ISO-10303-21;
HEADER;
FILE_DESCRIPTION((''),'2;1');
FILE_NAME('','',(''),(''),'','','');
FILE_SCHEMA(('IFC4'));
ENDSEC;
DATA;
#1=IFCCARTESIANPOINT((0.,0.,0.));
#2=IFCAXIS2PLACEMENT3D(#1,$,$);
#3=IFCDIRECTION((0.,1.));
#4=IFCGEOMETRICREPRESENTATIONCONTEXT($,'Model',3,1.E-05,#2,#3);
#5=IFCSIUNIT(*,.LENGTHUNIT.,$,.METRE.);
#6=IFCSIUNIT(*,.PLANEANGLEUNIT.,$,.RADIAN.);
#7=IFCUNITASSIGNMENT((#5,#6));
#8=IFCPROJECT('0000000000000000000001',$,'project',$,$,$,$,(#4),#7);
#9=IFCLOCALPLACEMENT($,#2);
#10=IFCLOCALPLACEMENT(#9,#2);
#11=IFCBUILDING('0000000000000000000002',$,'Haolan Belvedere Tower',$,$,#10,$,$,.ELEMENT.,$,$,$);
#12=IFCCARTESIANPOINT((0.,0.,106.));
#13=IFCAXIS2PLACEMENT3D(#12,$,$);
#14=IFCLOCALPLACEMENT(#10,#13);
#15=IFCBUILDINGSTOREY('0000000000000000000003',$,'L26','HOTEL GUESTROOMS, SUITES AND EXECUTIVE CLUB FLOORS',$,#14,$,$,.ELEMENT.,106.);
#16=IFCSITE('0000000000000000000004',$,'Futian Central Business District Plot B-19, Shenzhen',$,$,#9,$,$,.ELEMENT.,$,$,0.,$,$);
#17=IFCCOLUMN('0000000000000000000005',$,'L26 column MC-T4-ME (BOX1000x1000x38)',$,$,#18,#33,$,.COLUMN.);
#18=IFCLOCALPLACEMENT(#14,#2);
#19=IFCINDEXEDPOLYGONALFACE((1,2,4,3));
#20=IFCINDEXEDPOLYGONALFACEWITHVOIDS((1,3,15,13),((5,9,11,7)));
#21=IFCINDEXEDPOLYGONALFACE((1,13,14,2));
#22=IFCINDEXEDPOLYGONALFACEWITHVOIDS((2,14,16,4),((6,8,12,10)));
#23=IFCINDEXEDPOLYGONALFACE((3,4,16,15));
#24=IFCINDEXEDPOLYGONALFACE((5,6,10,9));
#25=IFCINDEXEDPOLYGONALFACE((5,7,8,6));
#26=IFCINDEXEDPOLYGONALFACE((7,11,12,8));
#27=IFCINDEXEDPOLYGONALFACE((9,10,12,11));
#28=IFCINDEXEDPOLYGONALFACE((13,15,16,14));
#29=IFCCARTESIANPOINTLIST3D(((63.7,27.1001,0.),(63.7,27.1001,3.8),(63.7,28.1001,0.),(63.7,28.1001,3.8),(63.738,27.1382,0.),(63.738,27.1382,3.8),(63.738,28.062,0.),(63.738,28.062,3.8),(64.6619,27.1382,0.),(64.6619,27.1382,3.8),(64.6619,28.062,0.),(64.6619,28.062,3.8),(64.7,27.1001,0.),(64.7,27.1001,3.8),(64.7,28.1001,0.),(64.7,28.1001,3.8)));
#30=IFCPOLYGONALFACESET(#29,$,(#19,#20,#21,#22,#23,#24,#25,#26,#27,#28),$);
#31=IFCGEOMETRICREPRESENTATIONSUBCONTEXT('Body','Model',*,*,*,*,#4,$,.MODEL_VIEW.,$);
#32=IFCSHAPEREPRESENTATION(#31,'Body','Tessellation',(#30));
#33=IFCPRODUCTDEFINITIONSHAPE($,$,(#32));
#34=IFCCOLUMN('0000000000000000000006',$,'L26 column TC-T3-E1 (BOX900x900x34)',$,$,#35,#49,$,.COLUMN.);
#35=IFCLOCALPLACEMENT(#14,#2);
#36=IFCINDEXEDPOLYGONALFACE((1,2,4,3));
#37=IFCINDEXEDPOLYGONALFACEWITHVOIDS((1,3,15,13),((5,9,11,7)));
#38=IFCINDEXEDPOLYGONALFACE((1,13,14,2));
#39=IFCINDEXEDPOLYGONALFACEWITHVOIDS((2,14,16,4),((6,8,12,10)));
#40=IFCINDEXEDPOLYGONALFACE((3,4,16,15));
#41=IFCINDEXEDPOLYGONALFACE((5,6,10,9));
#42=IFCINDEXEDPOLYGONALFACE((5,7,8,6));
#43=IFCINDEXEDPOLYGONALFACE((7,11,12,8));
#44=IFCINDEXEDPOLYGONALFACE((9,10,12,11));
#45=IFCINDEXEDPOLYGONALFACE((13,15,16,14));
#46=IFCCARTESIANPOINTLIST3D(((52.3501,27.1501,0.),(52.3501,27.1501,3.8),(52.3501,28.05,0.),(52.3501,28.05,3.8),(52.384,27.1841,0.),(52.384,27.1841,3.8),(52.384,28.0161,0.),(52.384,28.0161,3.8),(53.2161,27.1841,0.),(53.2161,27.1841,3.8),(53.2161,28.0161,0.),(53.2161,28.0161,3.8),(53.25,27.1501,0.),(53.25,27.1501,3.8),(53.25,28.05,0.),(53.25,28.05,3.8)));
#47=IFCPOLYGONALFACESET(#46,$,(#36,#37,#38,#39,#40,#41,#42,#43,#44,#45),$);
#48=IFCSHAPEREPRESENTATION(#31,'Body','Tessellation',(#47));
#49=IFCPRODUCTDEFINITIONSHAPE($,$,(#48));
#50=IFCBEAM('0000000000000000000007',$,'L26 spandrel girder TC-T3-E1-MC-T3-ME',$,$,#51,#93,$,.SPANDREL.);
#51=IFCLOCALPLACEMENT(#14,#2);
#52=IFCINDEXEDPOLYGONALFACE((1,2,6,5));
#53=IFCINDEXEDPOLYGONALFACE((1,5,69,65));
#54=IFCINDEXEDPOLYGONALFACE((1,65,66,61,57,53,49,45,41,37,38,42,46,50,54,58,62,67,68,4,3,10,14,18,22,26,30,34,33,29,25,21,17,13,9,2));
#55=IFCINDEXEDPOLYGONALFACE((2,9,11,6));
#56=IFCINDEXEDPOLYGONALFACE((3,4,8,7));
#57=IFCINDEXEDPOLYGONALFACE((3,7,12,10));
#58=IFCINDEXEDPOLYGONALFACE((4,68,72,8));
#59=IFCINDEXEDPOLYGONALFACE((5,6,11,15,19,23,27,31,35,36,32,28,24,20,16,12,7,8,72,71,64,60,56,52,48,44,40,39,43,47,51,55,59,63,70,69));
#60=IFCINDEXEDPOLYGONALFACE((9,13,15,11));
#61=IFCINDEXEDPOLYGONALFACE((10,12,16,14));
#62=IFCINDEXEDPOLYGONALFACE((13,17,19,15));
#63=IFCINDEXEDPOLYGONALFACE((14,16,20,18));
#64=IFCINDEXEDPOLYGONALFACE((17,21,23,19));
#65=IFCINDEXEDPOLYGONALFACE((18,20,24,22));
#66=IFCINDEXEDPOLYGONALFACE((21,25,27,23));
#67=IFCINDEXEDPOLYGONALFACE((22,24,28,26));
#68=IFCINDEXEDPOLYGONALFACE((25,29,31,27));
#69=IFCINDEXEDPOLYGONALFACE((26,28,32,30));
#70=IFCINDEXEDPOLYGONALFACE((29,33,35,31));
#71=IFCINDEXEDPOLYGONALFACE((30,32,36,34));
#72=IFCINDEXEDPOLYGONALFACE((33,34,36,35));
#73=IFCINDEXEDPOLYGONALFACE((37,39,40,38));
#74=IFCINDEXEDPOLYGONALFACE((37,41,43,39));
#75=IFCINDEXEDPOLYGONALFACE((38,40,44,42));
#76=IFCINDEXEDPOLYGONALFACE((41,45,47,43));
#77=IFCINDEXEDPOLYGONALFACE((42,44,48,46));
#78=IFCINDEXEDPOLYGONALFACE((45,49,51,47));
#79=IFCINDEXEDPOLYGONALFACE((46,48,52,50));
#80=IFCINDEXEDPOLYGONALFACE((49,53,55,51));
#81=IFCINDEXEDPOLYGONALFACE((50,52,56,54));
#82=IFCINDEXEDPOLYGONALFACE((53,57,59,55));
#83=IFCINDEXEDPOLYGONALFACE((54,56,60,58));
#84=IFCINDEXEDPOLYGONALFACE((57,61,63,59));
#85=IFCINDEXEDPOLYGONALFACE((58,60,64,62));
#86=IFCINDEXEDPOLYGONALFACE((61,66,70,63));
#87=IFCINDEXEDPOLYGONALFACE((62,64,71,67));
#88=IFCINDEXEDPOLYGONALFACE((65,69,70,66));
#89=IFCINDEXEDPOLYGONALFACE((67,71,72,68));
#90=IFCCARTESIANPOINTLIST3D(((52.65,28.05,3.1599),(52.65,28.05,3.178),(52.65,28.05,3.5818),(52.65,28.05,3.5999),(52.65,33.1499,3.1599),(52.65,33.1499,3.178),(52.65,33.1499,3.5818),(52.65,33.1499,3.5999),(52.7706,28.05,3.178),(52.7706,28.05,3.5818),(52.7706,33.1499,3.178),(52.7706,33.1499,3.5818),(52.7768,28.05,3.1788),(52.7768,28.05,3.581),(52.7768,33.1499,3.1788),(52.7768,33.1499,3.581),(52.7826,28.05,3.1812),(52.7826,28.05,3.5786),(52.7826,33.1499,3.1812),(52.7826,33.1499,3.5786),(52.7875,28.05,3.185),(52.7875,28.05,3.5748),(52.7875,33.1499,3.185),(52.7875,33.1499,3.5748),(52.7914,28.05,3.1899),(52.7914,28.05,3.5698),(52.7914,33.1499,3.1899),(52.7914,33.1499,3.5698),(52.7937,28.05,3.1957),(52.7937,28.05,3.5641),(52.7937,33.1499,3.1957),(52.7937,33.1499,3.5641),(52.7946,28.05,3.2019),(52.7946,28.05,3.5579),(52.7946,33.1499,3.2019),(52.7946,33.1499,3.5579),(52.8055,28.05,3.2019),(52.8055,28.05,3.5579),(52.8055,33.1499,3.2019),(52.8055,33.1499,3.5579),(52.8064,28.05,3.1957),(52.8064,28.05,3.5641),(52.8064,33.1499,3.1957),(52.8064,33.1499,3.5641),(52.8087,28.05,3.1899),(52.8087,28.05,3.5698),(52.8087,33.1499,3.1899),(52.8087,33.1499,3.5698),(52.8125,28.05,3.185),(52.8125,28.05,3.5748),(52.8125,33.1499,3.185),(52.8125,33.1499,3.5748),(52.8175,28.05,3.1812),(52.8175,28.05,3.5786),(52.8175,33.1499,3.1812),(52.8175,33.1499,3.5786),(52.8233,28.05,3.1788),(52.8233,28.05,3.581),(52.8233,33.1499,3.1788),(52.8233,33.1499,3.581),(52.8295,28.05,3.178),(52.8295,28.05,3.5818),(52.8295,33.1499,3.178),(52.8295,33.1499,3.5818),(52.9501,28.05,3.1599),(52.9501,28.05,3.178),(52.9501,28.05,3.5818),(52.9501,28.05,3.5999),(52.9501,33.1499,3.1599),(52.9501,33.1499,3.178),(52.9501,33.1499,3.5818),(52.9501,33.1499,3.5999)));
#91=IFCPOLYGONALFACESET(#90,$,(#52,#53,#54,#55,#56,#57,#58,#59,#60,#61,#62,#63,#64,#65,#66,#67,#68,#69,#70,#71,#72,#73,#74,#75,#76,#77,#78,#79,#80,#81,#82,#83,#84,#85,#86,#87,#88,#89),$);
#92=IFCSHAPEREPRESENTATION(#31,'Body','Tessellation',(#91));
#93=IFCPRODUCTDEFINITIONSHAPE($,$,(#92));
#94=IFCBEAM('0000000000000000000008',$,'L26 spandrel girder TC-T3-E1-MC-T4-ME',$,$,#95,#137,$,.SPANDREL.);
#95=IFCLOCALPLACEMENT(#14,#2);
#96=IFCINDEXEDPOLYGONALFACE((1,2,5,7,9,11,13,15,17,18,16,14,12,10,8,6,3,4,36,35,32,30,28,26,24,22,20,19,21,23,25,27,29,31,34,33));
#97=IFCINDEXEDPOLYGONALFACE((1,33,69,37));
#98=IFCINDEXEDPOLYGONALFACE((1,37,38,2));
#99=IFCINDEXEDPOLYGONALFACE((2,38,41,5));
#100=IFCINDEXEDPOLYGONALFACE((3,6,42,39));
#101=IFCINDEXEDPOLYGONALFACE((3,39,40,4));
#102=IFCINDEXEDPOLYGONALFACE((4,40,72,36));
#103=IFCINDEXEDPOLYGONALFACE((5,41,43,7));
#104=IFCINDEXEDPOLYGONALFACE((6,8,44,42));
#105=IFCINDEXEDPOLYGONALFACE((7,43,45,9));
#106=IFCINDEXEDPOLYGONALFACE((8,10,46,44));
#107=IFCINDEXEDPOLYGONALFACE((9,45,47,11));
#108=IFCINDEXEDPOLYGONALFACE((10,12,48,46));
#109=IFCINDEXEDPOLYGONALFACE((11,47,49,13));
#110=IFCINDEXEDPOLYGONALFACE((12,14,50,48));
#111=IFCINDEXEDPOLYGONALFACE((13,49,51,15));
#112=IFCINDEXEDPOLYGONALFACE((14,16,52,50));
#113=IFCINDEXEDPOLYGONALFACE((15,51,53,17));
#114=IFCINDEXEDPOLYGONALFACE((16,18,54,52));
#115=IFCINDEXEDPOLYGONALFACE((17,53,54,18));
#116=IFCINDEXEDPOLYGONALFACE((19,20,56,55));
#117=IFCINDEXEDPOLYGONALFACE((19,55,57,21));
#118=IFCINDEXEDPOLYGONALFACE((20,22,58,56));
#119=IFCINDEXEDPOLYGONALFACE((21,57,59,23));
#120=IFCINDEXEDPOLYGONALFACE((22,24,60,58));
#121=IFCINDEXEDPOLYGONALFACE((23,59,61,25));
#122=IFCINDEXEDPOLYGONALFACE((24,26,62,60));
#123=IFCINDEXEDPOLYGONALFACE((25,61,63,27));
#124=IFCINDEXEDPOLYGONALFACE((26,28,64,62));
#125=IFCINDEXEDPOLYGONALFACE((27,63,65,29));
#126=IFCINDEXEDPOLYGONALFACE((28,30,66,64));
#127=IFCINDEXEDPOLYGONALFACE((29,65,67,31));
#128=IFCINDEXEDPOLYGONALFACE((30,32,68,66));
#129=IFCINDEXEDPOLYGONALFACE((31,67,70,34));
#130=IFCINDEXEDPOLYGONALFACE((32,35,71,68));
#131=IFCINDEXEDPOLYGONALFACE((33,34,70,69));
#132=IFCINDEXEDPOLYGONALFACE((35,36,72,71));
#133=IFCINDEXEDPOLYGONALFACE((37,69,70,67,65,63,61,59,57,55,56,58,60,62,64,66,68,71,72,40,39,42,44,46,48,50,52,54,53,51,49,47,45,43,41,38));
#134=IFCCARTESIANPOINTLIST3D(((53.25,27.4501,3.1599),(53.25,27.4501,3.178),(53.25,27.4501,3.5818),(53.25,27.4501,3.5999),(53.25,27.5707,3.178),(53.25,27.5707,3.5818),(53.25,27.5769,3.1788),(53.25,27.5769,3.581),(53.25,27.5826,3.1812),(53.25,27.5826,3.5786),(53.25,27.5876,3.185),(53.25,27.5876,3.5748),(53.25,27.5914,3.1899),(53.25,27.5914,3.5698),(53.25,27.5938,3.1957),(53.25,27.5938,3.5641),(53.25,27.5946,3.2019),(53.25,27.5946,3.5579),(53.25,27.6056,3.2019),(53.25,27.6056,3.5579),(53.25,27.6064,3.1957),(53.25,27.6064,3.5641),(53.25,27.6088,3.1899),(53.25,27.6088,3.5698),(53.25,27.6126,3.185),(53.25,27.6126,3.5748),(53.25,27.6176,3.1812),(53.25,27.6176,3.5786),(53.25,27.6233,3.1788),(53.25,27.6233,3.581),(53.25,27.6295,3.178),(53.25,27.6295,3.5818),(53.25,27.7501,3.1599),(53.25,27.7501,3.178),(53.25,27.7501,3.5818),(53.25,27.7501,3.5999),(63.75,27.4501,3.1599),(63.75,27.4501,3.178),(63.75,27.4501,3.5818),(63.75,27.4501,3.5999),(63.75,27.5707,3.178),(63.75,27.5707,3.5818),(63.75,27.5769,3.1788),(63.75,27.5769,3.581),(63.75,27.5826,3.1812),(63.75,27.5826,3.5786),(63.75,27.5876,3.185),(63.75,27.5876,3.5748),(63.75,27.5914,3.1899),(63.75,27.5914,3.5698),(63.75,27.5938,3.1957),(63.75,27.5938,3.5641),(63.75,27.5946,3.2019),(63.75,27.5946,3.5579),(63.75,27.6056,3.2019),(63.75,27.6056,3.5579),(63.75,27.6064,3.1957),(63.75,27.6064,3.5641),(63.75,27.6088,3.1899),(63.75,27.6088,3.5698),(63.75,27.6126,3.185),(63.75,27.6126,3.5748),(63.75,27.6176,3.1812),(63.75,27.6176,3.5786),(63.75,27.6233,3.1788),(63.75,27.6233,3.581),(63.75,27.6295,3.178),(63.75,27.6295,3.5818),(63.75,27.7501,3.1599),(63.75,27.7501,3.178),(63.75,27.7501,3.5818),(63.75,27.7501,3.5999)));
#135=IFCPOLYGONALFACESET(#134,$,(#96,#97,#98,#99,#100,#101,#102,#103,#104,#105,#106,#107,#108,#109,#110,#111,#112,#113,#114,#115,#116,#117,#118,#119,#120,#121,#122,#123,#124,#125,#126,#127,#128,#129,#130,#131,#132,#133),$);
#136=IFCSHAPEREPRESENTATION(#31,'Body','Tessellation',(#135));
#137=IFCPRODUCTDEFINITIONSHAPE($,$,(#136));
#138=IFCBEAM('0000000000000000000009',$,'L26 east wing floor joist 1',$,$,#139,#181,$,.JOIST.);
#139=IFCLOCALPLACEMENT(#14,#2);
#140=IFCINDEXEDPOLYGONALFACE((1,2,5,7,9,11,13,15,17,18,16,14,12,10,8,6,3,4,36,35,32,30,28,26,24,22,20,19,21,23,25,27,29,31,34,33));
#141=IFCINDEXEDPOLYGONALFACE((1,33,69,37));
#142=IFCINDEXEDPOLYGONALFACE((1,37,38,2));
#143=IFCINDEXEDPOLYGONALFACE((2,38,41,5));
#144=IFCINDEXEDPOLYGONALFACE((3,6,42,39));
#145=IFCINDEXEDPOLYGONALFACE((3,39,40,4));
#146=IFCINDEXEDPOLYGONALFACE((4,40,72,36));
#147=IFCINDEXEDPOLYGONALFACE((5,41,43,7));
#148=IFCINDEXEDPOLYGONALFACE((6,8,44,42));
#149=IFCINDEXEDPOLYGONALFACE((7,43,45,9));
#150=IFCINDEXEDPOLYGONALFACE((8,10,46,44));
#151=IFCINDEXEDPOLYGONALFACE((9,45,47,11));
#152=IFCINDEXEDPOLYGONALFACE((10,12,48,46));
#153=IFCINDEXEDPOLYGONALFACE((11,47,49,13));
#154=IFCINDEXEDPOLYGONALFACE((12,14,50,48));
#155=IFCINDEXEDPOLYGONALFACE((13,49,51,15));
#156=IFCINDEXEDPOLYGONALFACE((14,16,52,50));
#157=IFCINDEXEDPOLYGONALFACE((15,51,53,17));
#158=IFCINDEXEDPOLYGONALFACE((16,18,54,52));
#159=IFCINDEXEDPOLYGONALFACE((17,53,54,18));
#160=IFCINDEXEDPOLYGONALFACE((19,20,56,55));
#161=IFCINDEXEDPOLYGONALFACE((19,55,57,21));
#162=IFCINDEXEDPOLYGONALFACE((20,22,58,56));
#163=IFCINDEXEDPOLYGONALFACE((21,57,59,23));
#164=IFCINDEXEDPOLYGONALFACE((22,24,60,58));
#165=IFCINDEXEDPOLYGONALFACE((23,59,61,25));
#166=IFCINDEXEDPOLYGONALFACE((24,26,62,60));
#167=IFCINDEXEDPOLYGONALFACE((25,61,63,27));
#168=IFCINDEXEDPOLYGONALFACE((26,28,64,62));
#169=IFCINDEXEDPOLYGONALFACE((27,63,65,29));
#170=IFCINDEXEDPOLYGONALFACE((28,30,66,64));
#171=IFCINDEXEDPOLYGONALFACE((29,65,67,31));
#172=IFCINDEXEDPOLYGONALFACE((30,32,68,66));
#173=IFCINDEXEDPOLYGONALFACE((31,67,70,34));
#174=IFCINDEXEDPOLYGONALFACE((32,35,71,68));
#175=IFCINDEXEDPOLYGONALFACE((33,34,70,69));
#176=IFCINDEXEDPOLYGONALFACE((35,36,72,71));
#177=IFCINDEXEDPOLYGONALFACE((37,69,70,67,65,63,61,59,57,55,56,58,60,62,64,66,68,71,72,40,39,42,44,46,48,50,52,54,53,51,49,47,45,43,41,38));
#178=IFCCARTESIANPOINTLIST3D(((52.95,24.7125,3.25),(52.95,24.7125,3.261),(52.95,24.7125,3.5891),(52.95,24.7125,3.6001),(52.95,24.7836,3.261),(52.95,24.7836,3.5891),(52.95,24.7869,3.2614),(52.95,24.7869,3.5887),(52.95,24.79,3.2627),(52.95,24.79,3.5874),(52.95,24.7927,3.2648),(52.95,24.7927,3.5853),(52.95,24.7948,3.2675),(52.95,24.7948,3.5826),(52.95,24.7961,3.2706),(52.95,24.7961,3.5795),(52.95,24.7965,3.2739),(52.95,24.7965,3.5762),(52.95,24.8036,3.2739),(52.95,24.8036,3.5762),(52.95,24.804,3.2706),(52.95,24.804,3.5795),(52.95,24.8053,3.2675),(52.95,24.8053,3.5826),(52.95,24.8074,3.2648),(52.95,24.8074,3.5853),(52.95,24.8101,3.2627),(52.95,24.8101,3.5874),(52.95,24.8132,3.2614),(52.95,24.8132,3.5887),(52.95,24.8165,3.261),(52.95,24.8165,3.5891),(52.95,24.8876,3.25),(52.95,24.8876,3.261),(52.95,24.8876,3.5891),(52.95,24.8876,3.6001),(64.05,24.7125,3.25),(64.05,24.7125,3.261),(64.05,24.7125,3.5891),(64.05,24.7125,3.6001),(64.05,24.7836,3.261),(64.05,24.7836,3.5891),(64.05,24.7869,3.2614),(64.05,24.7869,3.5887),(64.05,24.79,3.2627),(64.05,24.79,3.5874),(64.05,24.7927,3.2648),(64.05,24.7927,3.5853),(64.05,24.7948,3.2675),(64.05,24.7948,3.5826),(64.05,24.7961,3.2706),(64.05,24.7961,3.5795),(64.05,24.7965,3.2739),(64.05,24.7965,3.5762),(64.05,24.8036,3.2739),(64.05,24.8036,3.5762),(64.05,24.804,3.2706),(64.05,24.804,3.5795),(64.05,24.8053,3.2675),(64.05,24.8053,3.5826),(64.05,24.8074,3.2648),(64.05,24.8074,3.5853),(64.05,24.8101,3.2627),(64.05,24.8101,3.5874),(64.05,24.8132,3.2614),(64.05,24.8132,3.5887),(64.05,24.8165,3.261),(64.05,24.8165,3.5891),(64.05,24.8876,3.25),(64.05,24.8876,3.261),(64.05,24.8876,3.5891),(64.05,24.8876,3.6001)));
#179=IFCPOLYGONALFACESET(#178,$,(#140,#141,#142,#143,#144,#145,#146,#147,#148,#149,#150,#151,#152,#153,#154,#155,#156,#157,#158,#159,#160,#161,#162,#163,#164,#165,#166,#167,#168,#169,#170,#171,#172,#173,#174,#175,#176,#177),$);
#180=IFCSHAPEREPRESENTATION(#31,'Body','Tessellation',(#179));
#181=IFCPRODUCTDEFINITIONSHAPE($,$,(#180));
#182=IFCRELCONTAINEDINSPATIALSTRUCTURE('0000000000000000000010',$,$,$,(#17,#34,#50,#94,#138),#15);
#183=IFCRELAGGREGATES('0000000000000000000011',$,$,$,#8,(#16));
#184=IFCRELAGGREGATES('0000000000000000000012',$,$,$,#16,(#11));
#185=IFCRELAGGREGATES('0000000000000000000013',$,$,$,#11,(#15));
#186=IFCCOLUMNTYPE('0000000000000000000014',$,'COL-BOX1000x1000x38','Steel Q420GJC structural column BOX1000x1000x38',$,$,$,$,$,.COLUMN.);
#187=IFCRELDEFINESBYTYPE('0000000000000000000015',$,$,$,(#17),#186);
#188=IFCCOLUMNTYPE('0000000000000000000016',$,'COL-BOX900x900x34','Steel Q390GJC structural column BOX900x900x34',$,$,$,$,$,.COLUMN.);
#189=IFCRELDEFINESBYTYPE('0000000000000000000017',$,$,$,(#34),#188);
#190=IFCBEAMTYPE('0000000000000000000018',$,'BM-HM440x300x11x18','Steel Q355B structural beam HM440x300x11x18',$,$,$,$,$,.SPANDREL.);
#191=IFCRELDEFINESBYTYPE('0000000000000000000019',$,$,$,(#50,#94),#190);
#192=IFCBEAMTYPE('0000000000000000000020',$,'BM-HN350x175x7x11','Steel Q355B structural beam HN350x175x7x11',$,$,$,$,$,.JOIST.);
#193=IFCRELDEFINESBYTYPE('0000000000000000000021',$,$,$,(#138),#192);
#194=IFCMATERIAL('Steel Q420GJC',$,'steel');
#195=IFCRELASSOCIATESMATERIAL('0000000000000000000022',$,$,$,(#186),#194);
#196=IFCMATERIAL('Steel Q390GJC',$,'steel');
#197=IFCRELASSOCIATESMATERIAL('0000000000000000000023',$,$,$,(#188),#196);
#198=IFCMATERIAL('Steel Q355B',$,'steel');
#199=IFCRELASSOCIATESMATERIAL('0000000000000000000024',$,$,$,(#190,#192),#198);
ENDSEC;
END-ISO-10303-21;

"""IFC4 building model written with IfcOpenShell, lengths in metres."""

from ifc_helpers import new_model, si_unit, direction, frame, origin, origin_2d, place, context, subcontext, project, spatial, hollow_rectangle, i_section, extrude, material, material_profile, profile_set, type_object, element, save


model = new_model("IFC4")

# Units and contexts
model_context = context("Model", 3, precision=1e-05, world=origin(), true_north=direction((0.0, 1.0)))
body_context = subcontext(model_context, "Body", "Model", "MODEL_VIEW")
ifc_project = project(units=[si_unit("LENGTHUNIT", "METRE"), si_unit("PLANEANGLEUNIT", "RADIAN")], contexts=[model_context])

# Site, building, storey
site_placement = place(None, origin())
site = spatial("IfcSite", under=ifc_project, at=site_placement, Name="Futian Central Business District Plot B-19, Shenzhen", CompositionType="ELEMENT", RefElevation=0.0)
building_placement = place(site_placement, origin())
building = spatial("IfcBuilding", under=site, at=building_placement, Name="Haolan Belvedere Tower", CompositionType="ELEMENT")
storey_placement = place(building_placement, frame((0.0, 0.0, 106.0)))
storey = spatial("IfcBuildingStorey", under=building, at=storey_placement, Name="L26", Description="HOTEL GUESTROOMS, SUITES AND EXECUTIVE CLUB FLOORS", CompositionType="ELEMENT", Elevation=106.0)

# Columns
ifc_material_1 = material(Name="Steel Q420GJC", Category="steel")
ifc_material_profile_1 = material_profile(ifc_material_1, hollow_rectangle(XDim=1.0, YDim=1.0, WallThickness=0.0381, at=origin_2d()), Name="Steel Q420GJC")
ifc_profile_set_1 = profile_set([ifc_material_profile_1], Name="Steel Q420GJC")
column_type_1 = type_object("IfcColumnType", Name="COL-BOX1000x1000x38", Description="Steel Q420GJC structural column BOX1000x1000x38", PredefinedType="COLUMN", material=ifc_profile_set_1)
column_1_placement = place(storey_placement, frame((64.2, 27.6001, 0.0), z_axis=(0.0, 0.0, 1.0), x_axis=(1.0, 0.0, 0.0)))
element("IfcColumn", 1, at=column_1_placement, inside=storey, type_object=column_type_1, Name="L26 column MC-T4-ME (BOX1000x1000x38)", PredefinedType="COLUMN", context=body_context, shape_type="SweptSolid", body=[
    extrude(hollow_rectangle(XDim=1.0, YDim=1.0, WallThickness=0.0381, at=origin_2d()), origin(), (0.0, 0.0, 1.0), 3.8),
])
ifc_material_2 = material(Name="Steel Q390GJC", Category="steel")
ifc_material_profile_2 = material_profile(ifc_material_2, hollow_rectangle(XDim=0.8999, YDim=0.8999, WallThickness=0.0339, at=origin_2d()), Name="Steel Q390GJC")
ifc_profile_set_2 = profile_set([ifc_material_profile_2], Name="Steel Q390GJC")
column_type_2 = type_object("IfcColumnType", Name="COL-BOX900x900x34", Description="Steel Q390GJC structural column BOX900x900x34", PredefinedType="COLUMN", material=ifc_profile_set_2)
column_2_placement = place(storey_placement, frame((52.8, 27.6001, 0.0), z_axis=(0.0, 0.0, 1.0), x_axis=(1.0, 0.0, 0.0)))
element("IfcColumn", 2, at=column_2_placement, inside=storey, type_object=column_type_2, Name="L26 column TC-T3-E1 (BOX900x900x34)", PredefinedType="COLUMN", context=body_context, shape_type="SweptSolid", body=[
    extrude(hollow_rectangle(XDim=0.8999, YDim=0.8999, WallThickness=0.0339, at=origin_2d()), origin(), (0.0, 0.0, 1.0), 3.8),
])

# Beams
ifc_material_3 = material(Name="Steel Q355B", Category="steel")
ifc_material_profile_3 = material_profile(ifc_material_3, i_section(OverallWidth=0.3, OverallDepth=0.4399, WebThickness=0.011, FlangeThickness=0.0181, FilletRadius=0.0239, at=origin_2d()), Name="Steel Q355B")
ifc_profile_set_3 = profile_set([ifc_material_profile_3], Name="Steel Q355B")
beam_type_1 = type_object("IfcBeamType", Name="BM-HM440x300x11x18", Description="Steel Q355B structural beam HM440x300x11x18", PredefinedType="SPANDREL", material=ifc_profile_set_3)
beam_1_placement = place(storey_placement, frame((52.8, 28.05, 3.3799), z_axis=(0.0, 1.0, 0.0), x_axis=(-1.0, 0.0, 0.0)))
element("IfcBeam", 3, at=beam_1_placement, inside=storey, type_object=beam_type_1, Name="L26 spandrel girder TC-T3-E1-MC-T3-ME", PredefinedType="SPANDREL", context=body_context, shape_type="SweptSolid", body=[
    extrude(i_section(OverallWidth=0.3, OverallDepth=0.4399, WebThickness=0.011, FlangeThickness=0.0181, FilletRadius=0.0239, at=origin_2d()), origin(), (0.0, 0.0, 1.0), 5.0999),
])
beam_2_placement = place(storey_placement, frame((53.25, 27.6001, 3.3799), z_axis=(1.0, 0.0, 0.0), x_axis=(0.0, 1.0, 0.0)))
element("IfcBeam", 4, at=beam_2_placement, inside=storey, type_object=beam_type_1, Name="L26 spandrel girder TC-T3-E1-MC-T4-ME", PredefinedType="SPANDREL", context=body_context, shape_type="SweptSolid", body=[
    extrude(i_section(OverallWidth=0.3, OverallDepth=0.4399, WebThickness=0.011, FlangeThickness=0.0181, FilletRadius=0.0239, at=origin_2d()), origin(), (0.0, 0.0, 1.0), 10.5),
])
ifc_material_profile_4 = material_profile(ifc_material_3, i_section(OverallWidth=0.175, OverallDepth=0.3501, WebThickness=0.0071, FlangeThickness=0.011, FilletRadius=0.0129, at=origin_2d()), Name="Steel Q355B")
ifc_profile_set_4 = profile_set([ifc_material_profile_4], Name="Steel Q355B")
beam_type_2 = type_object("IfcBeamType", Name="BM-HN350x175x7x11", Description="Steel Q355B structural beam HN350x175x7x11", PredefinedType="JOIST", material=ifc_profile_set_4)
beam_3_placement = place(storey_placement, frame((52.95, 24.8, 3.425), z_axis=(1.0, 0.0, 0.0), x_axis=(0.0, 1.0, 0.0)))
element("IfcBeam", 5, at=beam_3_placement, inside=storey, type_object=beam_type_2, Name="L26 east wing floor joist 1", PredefinedType="JOIST", context=body_context, shape_type="SweptSolid", body=[
    extrude(i_section(OverallWidth=0.175, OverallDepth=0.3501, WebThickness=0.0071, FlangeThickness=0.011, FilletRadius=0.0129, at=origin_2d()), origin(), (0.0, 0.0, 1.0), 11.1001),
])

save(model, "model.ifc")
